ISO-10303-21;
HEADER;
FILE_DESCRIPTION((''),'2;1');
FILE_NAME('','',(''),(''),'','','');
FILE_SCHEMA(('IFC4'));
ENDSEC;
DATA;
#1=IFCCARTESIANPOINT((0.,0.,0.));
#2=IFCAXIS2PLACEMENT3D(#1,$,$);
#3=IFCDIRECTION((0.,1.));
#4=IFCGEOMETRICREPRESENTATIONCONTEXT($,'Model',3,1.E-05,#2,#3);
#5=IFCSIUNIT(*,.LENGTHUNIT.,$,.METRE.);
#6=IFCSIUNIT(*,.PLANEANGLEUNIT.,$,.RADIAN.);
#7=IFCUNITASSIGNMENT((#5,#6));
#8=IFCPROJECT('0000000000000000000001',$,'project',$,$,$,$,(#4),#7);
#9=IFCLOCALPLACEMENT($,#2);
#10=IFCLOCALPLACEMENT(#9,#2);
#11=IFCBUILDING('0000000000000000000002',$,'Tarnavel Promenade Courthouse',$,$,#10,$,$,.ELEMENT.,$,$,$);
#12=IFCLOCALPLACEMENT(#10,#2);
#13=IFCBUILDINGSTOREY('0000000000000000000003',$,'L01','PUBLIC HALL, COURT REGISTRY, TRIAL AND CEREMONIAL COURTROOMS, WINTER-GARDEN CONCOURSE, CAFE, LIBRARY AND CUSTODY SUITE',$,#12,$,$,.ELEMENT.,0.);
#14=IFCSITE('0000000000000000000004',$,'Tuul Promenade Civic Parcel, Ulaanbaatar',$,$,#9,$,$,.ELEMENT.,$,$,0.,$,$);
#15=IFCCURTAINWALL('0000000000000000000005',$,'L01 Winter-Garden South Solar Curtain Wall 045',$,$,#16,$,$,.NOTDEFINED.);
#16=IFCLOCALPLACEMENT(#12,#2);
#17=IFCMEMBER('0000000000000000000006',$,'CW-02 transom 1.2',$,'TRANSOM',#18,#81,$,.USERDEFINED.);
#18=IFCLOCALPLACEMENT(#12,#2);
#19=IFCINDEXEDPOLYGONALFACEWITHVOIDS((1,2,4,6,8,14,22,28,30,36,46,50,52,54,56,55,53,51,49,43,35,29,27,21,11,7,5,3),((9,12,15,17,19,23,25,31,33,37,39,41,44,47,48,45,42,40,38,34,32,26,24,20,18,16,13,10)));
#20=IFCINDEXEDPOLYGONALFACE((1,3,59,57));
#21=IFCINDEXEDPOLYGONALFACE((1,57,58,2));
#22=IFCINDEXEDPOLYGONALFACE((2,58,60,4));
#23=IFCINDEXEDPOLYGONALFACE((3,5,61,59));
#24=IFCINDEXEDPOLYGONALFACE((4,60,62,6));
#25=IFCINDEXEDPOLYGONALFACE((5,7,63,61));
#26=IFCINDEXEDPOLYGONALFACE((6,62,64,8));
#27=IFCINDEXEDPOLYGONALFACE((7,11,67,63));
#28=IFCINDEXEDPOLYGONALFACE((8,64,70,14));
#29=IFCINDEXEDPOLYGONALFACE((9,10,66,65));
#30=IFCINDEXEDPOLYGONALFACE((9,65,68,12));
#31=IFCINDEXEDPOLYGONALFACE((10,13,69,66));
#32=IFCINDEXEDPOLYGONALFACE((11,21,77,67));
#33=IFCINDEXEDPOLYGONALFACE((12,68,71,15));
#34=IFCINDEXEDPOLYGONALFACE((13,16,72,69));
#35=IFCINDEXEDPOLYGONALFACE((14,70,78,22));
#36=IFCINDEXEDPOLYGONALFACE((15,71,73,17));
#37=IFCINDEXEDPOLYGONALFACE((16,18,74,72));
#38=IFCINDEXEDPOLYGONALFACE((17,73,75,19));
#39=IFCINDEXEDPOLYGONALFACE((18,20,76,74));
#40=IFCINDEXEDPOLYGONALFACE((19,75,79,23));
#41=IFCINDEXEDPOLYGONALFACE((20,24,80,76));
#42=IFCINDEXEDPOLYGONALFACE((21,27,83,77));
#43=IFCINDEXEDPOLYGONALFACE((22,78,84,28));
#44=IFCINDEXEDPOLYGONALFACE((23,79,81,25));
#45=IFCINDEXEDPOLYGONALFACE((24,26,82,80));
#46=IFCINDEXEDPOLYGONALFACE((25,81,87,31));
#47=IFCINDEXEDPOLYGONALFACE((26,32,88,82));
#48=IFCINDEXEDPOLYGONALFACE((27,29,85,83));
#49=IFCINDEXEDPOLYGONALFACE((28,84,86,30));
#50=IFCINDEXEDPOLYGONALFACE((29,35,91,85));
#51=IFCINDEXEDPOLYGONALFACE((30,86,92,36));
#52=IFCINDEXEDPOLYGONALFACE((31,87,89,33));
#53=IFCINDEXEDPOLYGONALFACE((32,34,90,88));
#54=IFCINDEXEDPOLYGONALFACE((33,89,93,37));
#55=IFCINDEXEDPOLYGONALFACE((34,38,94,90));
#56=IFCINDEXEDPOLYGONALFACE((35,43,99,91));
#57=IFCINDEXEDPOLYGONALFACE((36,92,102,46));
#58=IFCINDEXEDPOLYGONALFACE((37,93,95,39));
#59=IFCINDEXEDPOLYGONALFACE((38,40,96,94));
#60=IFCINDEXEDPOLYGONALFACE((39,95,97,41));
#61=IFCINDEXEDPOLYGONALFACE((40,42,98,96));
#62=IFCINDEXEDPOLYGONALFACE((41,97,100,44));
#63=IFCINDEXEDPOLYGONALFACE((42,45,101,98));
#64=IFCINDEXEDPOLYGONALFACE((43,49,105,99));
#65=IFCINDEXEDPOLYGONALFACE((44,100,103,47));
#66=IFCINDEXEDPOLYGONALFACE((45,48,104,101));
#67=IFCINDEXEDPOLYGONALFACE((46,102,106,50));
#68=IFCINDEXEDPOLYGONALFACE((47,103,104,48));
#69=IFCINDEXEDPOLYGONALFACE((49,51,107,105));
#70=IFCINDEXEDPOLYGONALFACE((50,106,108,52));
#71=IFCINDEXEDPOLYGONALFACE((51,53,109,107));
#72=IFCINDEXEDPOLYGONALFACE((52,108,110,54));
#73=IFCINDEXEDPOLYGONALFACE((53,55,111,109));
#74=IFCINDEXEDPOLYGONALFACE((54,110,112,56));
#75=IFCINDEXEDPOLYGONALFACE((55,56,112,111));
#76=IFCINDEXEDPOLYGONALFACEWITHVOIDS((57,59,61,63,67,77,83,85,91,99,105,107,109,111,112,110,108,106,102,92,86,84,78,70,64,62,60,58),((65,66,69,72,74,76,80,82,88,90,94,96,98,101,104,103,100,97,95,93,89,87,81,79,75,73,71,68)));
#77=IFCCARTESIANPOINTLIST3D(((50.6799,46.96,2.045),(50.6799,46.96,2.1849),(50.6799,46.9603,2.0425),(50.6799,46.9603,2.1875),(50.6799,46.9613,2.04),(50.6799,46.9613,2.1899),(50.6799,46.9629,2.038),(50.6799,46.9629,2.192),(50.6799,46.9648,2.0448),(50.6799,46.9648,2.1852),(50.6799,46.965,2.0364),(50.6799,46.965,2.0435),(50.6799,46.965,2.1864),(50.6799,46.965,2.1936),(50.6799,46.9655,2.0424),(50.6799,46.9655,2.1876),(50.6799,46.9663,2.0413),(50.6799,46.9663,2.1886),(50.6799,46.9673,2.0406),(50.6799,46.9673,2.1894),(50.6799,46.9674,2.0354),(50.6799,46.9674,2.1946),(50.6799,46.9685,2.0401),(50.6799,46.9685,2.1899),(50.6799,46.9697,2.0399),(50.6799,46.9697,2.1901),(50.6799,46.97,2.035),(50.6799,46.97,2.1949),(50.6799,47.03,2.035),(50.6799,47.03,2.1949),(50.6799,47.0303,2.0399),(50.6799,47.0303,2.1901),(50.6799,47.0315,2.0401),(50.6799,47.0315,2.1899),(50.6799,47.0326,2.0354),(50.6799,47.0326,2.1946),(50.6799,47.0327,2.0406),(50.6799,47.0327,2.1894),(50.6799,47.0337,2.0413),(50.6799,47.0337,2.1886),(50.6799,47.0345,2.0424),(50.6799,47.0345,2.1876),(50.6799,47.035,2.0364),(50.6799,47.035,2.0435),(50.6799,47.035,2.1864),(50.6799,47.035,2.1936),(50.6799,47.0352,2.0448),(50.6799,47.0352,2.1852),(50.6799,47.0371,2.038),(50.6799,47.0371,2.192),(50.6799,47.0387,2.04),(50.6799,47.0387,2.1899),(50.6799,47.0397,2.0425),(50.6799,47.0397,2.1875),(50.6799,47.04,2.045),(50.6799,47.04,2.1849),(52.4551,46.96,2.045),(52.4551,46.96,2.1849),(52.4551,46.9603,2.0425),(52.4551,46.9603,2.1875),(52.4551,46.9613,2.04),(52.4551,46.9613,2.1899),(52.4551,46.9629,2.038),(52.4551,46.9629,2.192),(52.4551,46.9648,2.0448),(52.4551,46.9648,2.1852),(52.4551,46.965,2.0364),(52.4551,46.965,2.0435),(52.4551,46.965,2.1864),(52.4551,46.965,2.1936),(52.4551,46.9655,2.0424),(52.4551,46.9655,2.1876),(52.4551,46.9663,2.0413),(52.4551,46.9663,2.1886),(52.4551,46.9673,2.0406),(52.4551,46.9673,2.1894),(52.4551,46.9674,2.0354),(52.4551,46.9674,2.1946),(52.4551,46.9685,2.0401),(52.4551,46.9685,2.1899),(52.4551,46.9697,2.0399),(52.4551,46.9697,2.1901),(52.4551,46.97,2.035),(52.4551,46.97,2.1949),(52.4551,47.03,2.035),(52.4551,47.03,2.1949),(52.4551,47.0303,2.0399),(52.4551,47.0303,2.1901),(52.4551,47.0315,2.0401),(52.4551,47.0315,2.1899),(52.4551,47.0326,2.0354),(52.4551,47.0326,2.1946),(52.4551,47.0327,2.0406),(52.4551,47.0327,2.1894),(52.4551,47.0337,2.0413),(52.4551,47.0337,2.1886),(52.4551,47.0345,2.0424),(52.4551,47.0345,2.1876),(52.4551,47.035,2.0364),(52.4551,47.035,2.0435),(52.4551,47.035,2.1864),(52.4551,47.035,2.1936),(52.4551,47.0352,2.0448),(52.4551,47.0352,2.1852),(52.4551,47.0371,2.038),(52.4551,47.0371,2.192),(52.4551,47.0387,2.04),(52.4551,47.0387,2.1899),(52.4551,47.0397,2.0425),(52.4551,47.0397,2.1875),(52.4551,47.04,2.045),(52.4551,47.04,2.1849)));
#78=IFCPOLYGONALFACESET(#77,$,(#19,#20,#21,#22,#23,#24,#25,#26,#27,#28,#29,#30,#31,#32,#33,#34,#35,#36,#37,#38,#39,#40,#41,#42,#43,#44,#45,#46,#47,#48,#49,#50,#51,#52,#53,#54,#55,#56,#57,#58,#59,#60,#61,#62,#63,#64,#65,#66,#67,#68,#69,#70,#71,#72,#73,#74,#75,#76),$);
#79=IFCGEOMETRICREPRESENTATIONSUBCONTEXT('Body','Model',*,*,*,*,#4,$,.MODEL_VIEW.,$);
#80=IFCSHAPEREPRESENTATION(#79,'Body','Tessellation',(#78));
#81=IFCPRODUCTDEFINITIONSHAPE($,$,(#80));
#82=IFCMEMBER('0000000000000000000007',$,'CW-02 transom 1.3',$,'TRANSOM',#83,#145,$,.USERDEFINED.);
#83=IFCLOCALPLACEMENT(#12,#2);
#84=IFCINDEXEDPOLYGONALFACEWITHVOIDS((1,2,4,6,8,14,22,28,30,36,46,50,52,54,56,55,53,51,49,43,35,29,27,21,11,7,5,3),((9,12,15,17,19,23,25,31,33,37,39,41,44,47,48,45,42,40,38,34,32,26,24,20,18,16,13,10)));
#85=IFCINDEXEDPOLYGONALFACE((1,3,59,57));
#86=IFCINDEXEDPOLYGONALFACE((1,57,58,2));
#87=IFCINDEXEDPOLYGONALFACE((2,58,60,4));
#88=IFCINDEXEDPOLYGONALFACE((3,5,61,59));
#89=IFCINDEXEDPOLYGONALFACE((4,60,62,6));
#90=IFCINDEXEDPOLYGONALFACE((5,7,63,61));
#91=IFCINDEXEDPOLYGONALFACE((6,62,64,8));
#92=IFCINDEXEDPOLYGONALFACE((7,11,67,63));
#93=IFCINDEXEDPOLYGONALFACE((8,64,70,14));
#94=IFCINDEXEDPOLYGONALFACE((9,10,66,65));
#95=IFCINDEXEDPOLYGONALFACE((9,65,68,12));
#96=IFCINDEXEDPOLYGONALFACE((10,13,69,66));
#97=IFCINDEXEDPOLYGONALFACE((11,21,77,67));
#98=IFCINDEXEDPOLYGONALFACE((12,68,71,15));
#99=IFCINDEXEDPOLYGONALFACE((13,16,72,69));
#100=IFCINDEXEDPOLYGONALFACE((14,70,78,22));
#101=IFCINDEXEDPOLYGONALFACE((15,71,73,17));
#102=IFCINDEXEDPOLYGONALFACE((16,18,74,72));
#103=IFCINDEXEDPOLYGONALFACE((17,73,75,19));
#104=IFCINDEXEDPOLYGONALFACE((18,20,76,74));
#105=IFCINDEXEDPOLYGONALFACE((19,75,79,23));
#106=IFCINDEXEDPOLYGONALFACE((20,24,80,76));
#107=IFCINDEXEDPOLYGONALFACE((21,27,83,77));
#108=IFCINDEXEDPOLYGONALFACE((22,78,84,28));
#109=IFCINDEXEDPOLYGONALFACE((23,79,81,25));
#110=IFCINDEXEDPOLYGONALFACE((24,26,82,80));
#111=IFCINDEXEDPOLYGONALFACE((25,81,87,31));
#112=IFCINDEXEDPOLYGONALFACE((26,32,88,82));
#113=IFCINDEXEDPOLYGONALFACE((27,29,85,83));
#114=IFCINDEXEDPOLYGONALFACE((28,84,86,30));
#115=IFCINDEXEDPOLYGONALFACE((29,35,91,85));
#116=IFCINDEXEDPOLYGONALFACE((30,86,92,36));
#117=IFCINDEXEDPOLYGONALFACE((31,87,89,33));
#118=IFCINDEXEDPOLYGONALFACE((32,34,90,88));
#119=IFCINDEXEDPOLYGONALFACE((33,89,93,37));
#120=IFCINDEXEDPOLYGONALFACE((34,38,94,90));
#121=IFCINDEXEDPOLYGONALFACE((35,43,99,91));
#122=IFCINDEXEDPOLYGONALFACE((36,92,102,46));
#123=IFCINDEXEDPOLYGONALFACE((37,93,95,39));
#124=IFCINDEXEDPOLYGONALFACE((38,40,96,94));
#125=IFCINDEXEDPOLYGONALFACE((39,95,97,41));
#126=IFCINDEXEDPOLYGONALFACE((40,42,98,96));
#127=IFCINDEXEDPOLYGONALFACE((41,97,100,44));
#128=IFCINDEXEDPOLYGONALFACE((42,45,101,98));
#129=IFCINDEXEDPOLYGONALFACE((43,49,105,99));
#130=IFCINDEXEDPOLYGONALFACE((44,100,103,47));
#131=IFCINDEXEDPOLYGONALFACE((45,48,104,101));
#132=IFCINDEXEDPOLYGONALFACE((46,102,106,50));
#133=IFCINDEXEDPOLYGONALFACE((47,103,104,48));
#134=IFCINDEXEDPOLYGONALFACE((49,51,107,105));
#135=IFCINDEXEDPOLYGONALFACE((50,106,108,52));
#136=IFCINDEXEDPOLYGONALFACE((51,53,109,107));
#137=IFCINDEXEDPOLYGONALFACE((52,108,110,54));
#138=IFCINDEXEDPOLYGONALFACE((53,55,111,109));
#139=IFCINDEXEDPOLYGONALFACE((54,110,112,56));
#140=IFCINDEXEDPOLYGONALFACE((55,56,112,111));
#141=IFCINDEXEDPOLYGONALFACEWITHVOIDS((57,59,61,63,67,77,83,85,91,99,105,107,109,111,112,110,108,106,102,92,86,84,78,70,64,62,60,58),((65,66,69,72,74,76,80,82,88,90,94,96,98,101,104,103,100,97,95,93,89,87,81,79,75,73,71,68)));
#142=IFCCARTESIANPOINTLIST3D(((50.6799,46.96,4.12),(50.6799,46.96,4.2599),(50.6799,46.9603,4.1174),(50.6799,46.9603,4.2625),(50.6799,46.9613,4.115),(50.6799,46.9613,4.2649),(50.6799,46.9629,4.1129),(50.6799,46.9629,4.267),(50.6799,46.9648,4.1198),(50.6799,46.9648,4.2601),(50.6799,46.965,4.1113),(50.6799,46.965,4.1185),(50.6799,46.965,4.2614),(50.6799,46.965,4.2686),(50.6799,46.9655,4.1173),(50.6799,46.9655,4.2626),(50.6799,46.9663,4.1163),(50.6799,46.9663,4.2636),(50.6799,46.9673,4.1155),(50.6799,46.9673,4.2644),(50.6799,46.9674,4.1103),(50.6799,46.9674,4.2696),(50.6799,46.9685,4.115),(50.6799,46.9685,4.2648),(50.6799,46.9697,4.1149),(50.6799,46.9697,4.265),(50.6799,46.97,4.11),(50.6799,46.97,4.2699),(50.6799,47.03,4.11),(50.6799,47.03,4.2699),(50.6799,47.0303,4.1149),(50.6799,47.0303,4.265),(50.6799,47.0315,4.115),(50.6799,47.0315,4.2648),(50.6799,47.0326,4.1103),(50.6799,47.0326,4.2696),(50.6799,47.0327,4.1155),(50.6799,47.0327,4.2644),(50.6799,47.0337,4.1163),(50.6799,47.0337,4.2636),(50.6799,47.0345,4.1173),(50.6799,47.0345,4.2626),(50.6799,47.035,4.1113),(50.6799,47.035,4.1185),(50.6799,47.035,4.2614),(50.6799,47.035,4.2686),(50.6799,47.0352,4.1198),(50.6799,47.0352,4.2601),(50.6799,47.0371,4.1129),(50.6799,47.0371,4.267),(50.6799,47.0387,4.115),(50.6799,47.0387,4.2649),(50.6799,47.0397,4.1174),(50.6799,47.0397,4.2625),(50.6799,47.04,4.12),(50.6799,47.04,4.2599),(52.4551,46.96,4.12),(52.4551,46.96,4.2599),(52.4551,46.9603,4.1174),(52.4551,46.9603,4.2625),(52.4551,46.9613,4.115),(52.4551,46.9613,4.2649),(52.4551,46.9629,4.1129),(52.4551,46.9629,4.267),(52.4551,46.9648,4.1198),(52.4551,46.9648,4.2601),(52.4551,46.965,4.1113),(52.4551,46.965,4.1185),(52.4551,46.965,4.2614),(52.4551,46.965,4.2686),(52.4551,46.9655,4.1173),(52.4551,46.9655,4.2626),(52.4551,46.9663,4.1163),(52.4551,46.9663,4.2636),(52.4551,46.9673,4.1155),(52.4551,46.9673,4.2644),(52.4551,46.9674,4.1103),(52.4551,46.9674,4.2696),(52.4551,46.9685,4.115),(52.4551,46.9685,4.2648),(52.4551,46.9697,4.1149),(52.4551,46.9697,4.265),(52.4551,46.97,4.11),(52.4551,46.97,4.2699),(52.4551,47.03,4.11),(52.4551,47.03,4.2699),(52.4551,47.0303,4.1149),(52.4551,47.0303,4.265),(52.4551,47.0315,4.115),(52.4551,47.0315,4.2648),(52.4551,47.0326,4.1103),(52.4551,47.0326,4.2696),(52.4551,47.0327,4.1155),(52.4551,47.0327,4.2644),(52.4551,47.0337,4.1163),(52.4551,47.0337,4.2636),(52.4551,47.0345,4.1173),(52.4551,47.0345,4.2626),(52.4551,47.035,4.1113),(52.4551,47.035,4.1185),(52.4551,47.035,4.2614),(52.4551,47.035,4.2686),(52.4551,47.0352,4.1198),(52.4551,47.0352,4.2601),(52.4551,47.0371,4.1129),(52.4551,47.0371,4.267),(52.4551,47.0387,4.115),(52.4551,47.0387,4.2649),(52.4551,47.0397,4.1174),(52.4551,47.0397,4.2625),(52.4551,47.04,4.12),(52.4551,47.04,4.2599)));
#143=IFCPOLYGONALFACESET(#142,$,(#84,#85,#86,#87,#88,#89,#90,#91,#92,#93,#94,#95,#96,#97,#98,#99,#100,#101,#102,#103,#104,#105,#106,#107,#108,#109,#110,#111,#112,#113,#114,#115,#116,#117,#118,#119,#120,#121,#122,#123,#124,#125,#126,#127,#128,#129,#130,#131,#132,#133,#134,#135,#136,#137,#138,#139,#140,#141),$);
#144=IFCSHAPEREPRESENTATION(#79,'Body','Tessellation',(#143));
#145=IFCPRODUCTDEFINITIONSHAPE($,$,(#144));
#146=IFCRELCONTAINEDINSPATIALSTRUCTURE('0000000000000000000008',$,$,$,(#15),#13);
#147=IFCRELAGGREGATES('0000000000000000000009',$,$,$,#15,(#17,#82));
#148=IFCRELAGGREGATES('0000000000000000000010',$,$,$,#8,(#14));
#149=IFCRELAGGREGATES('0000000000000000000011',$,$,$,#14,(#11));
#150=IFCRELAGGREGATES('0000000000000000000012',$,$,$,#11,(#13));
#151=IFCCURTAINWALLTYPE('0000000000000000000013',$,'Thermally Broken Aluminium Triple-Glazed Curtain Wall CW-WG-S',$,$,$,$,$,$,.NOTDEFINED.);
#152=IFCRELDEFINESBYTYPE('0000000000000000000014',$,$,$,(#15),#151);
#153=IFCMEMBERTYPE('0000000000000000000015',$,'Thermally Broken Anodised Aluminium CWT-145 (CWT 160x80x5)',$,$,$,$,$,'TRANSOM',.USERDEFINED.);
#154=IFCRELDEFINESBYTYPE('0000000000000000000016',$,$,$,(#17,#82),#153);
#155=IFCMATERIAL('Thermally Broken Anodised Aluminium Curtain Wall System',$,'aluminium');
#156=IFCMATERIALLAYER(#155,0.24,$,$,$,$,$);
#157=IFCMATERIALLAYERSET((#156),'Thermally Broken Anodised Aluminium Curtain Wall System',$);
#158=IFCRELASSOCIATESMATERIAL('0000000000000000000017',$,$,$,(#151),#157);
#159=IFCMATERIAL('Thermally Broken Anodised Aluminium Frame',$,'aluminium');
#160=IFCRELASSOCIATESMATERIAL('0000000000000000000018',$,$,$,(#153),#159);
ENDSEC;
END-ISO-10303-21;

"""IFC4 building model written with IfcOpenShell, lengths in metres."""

from ifc_helpers import new_model, si_unit, direction, frame, origin, origin_2d, place, context, subcontext, project, spatial, hollow_rectangle, extrude, material, layer, layer_set, material_profile, profile_set, type_object, element, aggregate, save


model = new_model("IFC4")

# Units and contexts
model_context = context("Model", 3, precision=1e-05, world=origin(), true_north=direction((0.0, 1.0)))
body_context = subcontext(model_context, "Body", "Model", "MODEL_VIEW")
ifc_project = project(units=[si_unit("LENGTHUNIT", "METRE"), si_unit("PLANEANGLEUNIT", "RADIAN")], contexts=[model_context])

# Site, building, storey
site_placement = place(None, origin())
site = spatial("IfcSite", under=ifc_project, at=site_placement, Name="Tuul Promenade Civic Parcel, Ulaanbaatar", CompositionType="ELEMENT", RefElevation=0.0)
building_placement = place(site_placement, origin())
building = spatial("IfcBuilding", under=site, at=building_placement, Name="Tarnavel Promenade Courthouse", CompositionType="ELEMENT")
storey_placement = place(building_placement, origin())
storey = spatial("IfcBuildingStorey", under=building, at=storey_placement, Name="L01", Description="PUBLIC HALL, COURT REGISTRY, TRIAL AND CEREMONIAL COURTROOMS, WINTER-GARDEN CONCOURSE, CAFE, LIBRARY AND CUSTODY SUITE", CompositionType="ELEMENT", Elevation=0.0)

# Curtain wall
ifc_material_1 = material(Name="Thermally Broken Anodised Aluminium Curtain Wall System", Category="aluminium")
ifc_layer_1 = layer(ifc_material_1, 0.24)
ifc_layer_set_1 = layer_set([ifc_layer_1], Name="Thermally Broken Anodised Aluminium Curtain Wall System")
curtain_wall_type = type_object("IfcCurtainWallType", Name="Thermally Broken Aluminium Triple-Glazed Curtain Wall CW-WG-S", PredefinedType="NOTDEFINED", material=ifc_layer_set_1)
ifc_material_2 = material(Name="Thermally Broken Anodised Aluminium Frame", Category="aluminium")
curtain_wall_1_placement = place(storey_placement, origin())
curtain_wall_1 = element("IfcCurtainWall", 1, at=curtain_wall_1_placement, inside=storey, type_object=curtain_wall_type, Name="L01 Winter-Garden South Solar Curtain Wall 045", PredefinedType="NOTDEFINED")

# Members
ifc_material_profile_1 = material_profile(ifc_material_2, hollow_rectangle(XDim=0.0801, YDim=0.1599, WallThickness=0.0049, InnerFilletRadius=0.0049, OuterFilletRadius=0.01, at=origin_2d()), Name="CWT 160x80x5")
ifc_profile_set_1 = profile_set([ifc_material_profile_1], Name="Thermally Broken Anodised Aluminium Frame")
member_type_1 = type_object("IfcMemberType", Name="Thermally Broken Anodised Aluminium CWT-145 (CWT 160x80x5)", ElementType="TRANSOM", PredefinedType="USERDEFINED", material=ifc_profile_set_1)
member_1_placement = place(storey_placement, frame((50.6799, 47.0, 2.115), z_axis=(1.0, 0.0, 0.0), x_axis=(0.0, 1.0, 0.0)))
member_1 = element("IfcMember", 2, at=member_1_placement, type_object=member_type_1, Name="CW-02 transom 1.2", ObjectType="TRANSOM", PredefinedType="USERDEFINED", context=body_context, shape_type="SweptSolid", body=[
    extrude(hollow_rectangle(XDim=0.0801, YDim=0.1599, WallThickness=0.0049, InnerFilletRadius=0.0049, OuterFilletRadius=0.01, at=origin_2d()), origin(), (0.0, 0.0, 1.0), 1.7751),
])
member_2_placement = place(storey_placement, frame((50.6799, 47.0, 4.1899), z_axis=(1.0, 0.0, 0.0), x_axis=(0.0, 1.0, 0.0)))
member_2 = element("IfcMember", 3, at=member_2_placement, type_object=member_type_1, Name="CW-02 transom 1.3", ObjectType="TRANSOM", PredefinedType="USERDEFINED", context=body_context, shape_type="SweptSolid", body=[
    extrude(hollow_rectangle(XDim=0.0801, YDim=0.1599, WallThickness=0.0049, InnerFilletRadius=0.0049, OuterFilletRadius=0.01, at=origin_2d()), origin(), (0.0, 0.0, 1.0), 1.7751),
])

aggregate(curtain_wall_1, [member_1, member_2])

save(model, "model.ifc")
